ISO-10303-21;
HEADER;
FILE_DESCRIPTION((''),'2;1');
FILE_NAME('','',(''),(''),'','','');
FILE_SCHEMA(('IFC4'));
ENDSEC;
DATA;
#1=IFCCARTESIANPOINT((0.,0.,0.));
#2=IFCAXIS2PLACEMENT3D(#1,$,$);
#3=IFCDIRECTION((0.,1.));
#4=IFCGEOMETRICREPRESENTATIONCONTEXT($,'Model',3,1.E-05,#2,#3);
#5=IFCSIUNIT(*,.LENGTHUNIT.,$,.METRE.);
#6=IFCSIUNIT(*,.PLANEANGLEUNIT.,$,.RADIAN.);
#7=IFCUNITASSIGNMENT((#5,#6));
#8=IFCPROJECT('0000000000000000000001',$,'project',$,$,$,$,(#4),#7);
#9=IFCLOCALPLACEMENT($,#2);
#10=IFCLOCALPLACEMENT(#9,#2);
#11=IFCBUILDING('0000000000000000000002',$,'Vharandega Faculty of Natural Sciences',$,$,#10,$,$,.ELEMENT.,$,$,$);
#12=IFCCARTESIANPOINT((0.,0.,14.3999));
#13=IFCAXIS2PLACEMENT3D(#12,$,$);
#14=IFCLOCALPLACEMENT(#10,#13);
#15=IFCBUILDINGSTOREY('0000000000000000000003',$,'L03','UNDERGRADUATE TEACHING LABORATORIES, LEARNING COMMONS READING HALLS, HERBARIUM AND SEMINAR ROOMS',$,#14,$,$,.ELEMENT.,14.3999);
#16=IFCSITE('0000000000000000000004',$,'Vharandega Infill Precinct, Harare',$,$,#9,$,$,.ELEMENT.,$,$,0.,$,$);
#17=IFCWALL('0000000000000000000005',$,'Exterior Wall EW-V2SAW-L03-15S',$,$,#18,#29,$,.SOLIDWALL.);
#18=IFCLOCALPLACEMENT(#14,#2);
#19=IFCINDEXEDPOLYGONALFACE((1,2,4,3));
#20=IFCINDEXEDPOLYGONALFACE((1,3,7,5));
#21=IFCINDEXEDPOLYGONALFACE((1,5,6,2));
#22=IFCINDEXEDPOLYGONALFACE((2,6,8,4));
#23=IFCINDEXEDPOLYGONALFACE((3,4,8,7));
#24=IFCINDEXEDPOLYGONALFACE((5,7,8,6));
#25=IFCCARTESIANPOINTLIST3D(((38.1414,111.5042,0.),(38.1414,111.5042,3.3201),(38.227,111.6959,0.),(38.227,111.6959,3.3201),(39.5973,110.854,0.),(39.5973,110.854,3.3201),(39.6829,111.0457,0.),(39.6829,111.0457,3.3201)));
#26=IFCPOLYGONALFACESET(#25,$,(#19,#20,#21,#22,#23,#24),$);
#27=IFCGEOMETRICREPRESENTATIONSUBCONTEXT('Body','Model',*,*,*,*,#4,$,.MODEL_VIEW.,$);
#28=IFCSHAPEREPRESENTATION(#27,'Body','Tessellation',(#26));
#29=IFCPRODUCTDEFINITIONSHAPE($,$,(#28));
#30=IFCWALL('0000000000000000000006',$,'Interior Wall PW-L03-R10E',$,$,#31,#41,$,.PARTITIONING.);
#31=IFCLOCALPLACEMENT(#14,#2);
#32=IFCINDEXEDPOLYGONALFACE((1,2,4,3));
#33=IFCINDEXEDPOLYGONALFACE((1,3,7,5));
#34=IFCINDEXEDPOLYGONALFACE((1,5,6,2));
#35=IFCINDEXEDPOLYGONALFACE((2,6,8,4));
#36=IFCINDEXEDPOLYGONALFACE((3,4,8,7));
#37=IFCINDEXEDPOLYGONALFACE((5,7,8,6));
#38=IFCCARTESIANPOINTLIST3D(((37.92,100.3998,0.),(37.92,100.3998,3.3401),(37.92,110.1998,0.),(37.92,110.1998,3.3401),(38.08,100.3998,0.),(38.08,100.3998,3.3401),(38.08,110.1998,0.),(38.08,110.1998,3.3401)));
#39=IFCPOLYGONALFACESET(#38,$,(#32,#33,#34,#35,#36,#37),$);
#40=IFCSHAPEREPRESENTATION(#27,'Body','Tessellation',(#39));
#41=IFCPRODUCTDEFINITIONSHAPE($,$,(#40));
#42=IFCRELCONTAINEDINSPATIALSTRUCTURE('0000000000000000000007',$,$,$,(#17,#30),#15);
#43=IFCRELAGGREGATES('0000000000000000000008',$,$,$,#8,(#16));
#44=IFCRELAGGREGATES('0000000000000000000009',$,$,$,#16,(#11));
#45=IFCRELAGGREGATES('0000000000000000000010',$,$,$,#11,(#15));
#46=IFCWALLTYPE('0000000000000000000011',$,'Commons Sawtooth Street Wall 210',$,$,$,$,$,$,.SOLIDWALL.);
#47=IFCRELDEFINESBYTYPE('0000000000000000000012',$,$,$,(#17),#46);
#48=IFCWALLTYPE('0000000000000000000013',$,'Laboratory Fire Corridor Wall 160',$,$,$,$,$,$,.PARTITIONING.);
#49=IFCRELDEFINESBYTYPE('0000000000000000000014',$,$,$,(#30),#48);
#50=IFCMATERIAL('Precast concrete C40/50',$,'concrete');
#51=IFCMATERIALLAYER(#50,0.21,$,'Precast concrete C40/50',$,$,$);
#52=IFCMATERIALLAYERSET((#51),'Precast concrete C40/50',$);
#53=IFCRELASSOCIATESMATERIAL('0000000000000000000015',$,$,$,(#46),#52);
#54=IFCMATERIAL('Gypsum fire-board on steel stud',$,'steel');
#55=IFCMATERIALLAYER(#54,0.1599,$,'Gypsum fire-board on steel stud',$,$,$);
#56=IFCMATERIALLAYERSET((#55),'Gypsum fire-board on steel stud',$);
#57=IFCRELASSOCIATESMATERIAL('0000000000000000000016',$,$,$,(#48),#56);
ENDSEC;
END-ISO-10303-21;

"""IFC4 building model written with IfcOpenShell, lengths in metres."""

from ifc_helpers import new_model, si_unit, direction, frame, frame_2d, origin, place, context, subcontext, project, spatial, rectangle, extrude, material, layer, layer_set, type_object, element, save


model = new_model("IFC4")

# Units and contexts
model_context = context("Model", 3, precision=1e-05, world=origin(), true_north=direction((0.0, 1.0)))
body_context = subcontext(model_context, "Body", "Model", "MODEL_VIEW")
ifc_project = project(units=[si_unit("LENGTHUNIT", "METRE"), si_unit("PLANEANGLEUNIT", "RADIAN")], contexts=[model_context])

# Site, building, storey
site_placement = place(None, origin())
site = spatial("IfcSite", under=ifc_project, at=site_placement, Name="Vharandega Infill Precinct, Harare", CompositionType="ELEMENT", RefElevation=0.0)
building_placement = place(site_placement, origin())
building = spatial("IfcBuilding", under=site, at=building_placement, Name="Vharandega Faculty of Natural Sciences", CompositionType="ELEMENT")
storey_placement = place(building_placement, frame((0.0, 0.0, 14.3999)))
storey = spatial("IfcBuildingStorey", under=building, at=storey_placement, Name="L03", Description="UNDERGRADUATE TEACHING LABORATORIES, LEARNING COMMONS READING HALLS, HERBARIUM AND SEMINAR ROOMS", CompositionType="ELEMENT", Elevation=14.3999)

# Shared definitions
ifc_material_1 = material(Name="Precast concrete C40/50", Category="concrete")
ifc_layer_1 = layer(ifc_material_1, 0.21, Name="Precast concrete C40/50")
ifc_layer_set_1 = layer_set([ifc_layer_1], Name="Precast concrete C40/50")
wall_type_1 = type_object("IfcWallType", Name="Commons Sawtooth Street Wall 210", PredefinedType="SOLIDWALL", material=ifc_layer_set_1)

# Walls
wall_1_placement = place(storey_placement, frame((38.1841, 111.6001, 0.0), z_axis=(0.0, 0.0, 1.0), x_axis=(0.913084, -0.407772, 0.0)))
element("IfcWall", 1, at=wall_1_placement, inside=storey, type_object=wall_type_1, Name="Exterior Wall EW-V2SAW-L03-15S", PredefinedType="SOLIDWALL", context=body_context, shape_type="SweptSolid", body=[
    extrude(rectangle(XDim=1.5945, YDim=0.21, at=frame_2d((0.7974, 0.0))), origin(), (0.0, 0.0, 1.0), 3.3201),
])
ifc_material_2 = material(Name="Gypsum fire-board on steel stud", Category="steel")
ifc_layer_2 = layer(ifc_material_2, 0.1599, Name="Gypsum fire-board on steel stud")
ifc_layer_set_2 = layer_set([ifc_layer_2], Name="Gypsum fire-board on steel stud")
wall_type_2 = type_object("IfcWallType", Name="Laboratory Fire Corridor Wall 160", PredefinedType="PARTITIONING", material=ifc_layer_set_2)
wall_2_placement = place(storey_placement, frame((38.0, 100.3999, 0.0), z_axis=(0.0, 0.0, 1.0), x_axis=(0.0, 1.0, 0.0)))
element("IfcWall", 2, at=wall_2_placement, inside=storey, type_object=wall_type_2, Name="Interior Wall PW-L03-R10E", PredefinedType="PARTITIONING", context=body_context, shape_type="SweptSolid", body=[
    extrude(rectangle(XDim=9.8, YDim=0.1599, at=frame_2d((4.8999, 0.0))), origin(), (0.0, 0.0, 1.0), 3.3401),
])

save(model, "model.ifc")
